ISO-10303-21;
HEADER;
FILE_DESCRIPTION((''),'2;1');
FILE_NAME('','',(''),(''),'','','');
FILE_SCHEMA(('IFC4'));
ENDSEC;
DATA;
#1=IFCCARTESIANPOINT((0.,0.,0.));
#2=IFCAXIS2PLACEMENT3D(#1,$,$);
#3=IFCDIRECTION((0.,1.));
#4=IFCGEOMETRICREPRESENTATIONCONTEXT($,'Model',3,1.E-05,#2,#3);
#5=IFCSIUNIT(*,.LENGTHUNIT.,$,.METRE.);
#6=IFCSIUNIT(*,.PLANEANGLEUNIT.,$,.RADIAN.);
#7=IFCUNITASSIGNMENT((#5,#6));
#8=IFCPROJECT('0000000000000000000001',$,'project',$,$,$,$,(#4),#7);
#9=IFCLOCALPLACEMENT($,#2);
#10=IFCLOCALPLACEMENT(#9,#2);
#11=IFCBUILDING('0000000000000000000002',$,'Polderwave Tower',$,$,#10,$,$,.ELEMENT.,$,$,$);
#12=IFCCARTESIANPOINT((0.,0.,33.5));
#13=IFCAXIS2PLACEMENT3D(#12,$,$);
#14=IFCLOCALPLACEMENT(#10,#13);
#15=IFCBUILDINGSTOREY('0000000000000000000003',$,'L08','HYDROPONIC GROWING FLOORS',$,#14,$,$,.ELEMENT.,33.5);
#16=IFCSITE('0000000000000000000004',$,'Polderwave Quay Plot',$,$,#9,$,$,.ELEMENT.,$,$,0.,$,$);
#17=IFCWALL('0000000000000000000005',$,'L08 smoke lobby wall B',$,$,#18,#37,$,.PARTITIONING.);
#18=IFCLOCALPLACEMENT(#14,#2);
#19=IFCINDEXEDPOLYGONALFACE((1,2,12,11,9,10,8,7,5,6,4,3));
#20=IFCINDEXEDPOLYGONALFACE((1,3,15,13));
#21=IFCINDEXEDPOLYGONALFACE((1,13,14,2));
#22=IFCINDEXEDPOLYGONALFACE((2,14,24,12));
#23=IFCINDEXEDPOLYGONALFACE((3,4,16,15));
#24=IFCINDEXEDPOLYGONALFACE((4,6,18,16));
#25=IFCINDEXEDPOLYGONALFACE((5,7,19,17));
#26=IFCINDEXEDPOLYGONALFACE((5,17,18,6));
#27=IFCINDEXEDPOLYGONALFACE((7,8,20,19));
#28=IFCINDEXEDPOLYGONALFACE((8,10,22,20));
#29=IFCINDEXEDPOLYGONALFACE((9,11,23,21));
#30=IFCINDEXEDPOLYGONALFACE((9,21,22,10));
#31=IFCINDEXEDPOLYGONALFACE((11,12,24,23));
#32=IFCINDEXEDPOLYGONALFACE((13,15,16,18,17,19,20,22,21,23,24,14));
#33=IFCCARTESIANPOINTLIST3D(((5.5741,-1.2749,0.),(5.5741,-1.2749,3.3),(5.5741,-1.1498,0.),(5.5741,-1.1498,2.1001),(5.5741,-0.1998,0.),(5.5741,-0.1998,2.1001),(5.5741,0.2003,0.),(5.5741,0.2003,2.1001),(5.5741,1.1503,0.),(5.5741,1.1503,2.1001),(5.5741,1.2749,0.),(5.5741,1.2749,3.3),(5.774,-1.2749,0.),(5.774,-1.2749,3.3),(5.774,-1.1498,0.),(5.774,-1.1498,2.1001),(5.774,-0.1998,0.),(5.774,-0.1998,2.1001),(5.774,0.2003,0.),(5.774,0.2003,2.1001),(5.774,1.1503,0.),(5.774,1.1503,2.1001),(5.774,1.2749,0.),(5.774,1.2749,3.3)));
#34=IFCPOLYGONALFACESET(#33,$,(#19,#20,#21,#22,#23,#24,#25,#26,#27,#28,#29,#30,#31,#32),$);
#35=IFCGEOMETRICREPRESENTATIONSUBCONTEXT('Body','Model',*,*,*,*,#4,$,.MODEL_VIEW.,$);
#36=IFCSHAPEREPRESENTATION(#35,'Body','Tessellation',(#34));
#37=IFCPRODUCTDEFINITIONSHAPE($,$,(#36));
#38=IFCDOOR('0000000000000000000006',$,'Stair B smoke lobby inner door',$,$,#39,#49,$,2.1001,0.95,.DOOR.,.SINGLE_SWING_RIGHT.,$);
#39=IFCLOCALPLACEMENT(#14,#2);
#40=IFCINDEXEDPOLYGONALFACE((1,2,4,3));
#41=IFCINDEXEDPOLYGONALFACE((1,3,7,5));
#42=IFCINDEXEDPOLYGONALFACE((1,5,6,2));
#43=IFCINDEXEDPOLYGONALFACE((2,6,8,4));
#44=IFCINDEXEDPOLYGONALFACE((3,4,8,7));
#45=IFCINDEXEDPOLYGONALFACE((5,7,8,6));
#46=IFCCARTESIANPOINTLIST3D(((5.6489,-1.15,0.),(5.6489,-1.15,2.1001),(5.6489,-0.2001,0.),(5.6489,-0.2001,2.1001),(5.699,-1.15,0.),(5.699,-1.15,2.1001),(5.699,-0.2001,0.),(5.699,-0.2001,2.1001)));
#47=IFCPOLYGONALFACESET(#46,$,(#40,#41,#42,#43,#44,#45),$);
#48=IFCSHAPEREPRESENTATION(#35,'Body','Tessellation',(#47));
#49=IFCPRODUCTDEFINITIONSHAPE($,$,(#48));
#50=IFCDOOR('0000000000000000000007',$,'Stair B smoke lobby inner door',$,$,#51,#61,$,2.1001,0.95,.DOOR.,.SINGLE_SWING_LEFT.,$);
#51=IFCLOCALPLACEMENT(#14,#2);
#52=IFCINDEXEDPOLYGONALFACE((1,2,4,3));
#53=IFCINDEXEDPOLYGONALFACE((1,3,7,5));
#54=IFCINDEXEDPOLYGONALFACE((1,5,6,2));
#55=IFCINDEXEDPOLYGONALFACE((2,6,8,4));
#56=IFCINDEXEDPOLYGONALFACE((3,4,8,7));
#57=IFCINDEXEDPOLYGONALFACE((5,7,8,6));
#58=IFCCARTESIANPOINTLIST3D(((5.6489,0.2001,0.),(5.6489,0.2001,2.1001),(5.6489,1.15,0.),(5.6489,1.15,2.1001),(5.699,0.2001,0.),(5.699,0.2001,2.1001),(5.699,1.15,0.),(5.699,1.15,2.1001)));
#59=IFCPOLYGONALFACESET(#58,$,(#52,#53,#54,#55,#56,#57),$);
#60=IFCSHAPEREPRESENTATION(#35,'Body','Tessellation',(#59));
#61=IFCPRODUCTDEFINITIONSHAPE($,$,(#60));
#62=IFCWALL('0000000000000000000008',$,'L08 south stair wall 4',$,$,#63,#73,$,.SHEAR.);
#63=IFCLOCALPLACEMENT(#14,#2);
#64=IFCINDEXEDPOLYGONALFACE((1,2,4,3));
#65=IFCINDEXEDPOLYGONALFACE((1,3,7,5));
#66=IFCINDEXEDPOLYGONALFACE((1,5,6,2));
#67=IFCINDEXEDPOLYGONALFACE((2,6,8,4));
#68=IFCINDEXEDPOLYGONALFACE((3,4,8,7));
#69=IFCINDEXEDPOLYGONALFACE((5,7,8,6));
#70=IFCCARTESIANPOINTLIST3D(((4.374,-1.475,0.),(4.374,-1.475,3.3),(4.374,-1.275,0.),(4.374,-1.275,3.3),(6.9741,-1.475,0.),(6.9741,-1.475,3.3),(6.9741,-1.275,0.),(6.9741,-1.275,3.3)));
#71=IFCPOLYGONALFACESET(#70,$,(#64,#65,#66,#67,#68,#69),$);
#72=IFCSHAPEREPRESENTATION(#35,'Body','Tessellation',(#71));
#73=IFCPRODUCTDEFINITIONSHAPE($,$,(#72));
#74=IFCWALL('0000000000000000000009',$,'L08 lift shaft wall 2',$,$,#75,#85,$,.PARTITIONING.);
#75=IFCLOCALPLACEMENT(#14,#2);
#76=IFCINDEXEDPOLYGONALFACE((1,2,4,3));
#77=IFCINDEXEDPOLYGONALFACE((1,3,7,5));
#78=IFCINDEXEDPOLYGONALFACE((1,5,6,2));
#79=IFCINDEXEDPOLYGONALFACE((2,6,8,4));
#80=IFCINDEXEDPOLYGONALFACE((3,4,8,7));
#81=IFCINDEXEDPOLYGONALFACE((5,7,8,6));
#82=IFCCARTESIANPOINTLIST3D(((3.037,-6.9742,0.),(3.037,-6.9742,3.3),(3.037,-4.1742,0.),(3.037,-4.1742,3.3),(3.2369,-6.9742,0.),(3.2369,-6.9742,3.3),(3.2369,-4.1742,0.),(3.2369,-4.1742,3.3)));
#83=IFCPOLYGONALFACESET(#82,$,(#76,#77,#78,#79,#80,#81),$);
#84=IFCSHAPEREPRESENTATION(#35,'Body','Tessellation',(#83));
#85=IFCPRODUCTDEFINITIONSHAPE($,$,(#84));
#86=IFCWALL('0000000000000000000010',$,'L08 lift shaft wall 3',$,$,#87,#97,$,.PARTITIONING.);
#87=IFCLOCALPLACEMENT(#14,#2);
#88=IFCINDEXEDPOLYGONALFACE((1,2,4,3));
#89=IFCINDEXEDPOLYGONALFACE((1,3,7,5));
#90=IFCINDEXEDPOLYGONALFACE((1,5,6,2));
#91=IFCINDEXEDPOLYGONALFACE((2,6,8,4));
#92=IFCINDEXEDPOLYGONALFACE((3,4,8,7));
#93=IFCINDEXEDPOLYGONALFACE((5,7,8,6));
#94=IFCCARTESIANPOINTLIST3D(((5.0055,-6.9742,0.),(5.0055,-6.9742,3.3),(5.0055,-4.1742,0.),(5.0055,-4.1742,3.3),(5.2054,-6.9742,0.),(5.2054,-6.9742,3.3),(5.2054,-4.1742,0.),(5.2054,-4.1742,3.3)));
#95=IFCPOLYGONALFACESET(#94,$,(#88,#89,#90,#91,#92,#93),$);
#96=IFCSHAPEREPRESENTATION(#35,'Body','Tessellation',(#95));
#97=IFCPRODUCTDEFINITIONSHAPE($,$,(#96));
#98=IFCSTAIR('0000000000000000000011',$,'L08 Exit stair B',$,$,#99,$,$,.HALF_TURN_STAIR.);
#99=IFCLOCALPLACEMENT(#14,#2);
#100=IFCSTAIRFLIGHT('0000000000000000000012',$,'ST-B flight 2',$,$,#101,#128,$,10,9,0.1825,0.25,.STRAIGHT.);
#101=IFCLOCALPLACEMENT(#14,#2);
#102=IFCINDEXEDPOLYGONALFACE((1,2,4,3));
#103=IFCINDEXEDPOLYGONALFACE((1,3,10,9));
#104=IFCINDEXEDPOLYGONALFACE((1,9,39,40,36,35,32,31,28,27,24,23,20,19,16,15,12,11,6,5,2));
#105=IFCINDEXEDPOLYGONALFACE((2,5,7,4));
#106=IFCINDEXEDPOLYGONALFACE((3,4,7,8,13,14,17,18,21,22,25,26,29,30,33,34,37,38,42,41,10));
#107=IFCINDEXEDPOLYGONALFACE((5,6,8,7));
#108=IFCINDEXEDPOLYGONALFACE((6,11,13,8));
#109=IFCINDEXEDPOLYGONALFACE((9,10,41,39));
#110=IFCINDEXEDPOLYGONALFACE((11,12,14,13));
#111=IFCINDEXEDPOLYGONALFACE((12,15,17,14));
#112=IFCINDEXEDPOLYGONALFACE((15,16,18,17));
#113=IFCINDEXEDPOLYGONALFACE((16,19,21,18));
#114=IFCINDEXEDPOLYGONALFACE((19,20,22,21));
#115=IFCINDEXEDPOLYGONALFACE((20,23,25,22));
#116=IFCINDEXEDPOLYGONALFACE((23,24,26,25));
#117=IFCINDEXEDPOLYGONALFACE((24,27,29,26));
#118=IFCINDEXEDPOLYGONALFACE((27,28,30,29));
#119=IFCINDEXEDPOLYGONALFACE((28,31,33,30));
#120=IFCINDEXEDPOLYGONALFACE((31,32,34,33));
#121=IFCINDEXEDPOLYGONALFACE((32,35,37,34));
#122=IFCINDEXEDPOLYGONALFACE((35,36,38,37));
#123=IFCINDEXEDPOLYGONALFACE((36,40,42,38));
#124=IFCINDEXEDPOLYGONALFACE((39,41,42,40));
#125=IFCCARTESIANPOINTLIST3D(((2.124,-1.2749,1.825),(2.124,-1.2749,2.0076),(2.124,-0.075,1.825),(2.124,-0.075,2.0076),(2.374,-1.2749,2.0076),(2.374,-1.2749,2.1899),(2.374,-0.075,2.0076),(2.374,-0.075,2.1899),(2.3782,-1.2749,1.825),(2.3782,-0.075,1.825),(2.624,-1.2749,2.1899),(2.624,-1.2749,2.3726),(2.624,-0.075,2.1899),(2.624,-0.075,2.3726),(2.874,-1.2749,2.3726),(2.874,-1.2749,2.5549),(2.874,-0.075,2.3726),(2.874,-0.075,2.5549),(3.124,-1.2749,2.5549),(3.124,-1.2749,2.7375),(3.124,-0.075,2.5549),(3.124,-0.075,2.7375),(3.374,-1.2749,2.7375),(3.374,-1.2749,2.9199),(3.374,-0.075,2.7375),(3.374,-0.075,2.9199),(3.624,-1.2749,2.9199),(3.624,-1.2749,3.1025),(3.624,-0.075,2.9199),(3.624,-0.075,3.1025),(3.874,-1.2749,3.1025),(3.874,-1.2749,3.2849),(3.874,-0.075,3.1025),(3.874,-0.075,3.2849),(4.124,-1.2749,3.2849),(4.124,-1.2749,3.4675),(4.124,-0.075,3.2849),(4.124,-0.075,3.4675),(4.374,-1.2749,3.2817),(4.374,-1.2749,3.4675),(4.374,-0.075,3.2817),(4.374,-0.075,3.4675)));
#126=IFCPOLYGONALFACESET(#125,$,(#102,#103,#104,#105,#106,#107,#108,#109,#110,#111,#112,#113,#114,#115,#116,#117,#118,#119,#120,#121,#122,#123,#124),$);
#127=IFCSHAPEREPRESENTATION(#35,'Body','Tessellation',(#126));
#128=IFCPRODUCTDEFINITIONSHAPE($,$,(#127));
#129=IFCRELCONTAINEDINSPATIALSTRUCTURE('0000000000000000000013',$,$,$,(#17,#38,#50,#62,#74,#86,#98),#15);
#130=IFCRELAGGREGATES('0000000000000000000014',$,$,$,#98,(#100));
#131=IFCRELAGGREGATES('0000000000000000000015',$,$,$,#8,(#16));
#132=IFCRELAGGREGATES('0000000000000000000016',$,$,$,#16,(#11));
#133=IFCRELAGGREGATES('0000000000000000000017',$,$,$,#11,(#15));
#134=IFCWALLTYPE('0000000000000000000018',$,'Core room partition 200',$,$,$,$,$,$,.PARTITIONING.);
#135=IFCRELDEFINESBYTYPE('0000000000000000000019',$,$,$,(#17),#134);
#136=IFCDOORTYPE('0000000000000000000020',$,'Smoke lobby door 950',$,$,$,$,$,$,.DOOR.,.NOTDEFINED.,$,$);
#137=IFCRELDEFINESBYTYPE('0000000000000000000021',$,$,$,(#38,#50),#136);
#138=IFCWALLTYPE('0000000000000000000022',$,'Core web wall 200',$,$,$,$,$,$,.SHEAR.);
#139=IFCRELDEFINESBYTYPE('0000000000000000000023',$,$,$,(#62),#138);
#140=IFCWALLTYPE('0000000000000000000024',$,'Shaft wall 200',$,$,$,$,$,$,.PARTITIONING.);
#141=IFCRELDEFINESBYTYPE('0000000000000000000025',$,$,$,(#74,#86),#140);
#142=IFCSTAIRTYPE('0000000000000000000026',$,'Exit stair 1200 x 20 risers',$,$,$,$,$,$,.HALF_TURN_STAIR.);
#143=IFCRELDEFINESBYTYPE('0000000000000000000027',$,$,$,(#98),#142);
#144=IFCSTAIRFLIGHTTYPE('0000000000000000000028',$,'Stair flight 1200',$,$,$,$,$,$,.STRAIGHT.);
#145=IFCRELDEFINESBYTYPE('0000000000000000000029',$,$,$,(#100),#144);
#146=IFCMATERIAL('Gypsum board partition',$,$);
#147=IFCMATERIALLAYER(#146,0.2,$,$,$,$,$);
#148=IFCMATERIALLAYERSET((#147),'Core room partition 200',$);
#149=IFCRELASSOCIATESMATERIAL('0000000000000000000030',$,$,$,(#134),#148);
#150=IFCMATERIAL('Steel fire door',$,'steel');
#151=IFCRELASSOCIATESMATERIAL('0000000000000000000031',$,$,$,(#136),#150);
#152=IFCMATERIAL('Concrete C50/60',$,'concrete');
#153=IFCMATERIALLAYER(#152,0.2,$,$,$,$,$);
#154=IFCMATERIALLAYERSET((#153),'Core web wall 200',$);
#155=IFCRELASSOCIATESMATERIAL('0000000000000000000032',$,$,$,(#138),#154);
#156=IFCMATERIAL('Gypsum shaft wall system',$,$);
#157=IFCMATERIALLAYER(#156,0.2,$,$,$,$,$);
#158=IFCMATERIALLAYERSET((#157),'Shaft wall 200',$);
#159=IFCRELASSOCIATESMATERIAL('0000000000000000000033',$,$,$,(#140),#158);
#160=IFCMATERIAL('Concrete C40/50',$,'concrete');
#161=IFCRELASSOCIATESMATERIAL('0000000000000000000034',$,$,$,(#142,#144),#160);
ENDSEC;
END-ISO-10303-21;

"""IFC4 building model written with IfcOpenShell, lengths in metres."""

from ifc_helpers import new_model, si_unit, direction, frame, frame_2d, origin, place, context, subcontext, project, spatial, polyline, rectangle, outline, extrude, material, layer, layer_set, type_object, element, fill, aggregate, save


model = new_model("IFC4")

# Units and contexts
model_context = context("Model", 3, precision=1e-05, world=origin(), true_north=direction((0.0, 1.0)))
body_context = subcontext(model_context, "Body", "Model", "MODEL_VIEW")
ifc_project = project(units=[si_unit("LENGTHUNIT", "METRE"), si_unit("PLANEANGLEUNIT", "RADIAN")], contexts=[model_context])

# Site, building, storey
site_placement = place(None, origin())
site = spatial("IfcSite", under=ifc_project, at=site_placement, Name="Polderwave Quay Plot", CompositionType="ELEMENT", RefElevation=0.0)
building_placement = place(site_placement, origin())
building = spatial("IfcBuilding", under=site, at=building_placement, Name="Polderwave Tower", CompositionType="ELEMENT")
storey_placement = place(building_placement, frame((0.0, 0.0, 33.5)))
storey = spatial("IfcBuildingStorey", under=building, at=storey_placement, Name="L08", Description="HYDROPONIC GROWING FLOORS", CompositionType="ELEMENT", Elevation=33.5)

# Wall, openings, doors
ifc_material_1 = material(Name="Gypsum board partition")
ifc_layer_1 = layer(ifc_material_1, 0.2)
ifc_layer_set_1 = layer_set([ifc_layer_1], Name="Core room partition 200")
wall_type_1 = type_object("IfcWallType", Name="Core room partition 200", PredefinedType="PARTITIONING", material=ifc_layer_set_1)
wall_1_placement = place(storey_placement, frame((5.6741, -1.2749, 0.0), z_axis=(0.0, 0.0, 1.0), x_axis=(0.0, 1.0, 0.0)))
wall_1 = element("IfcWall", 1, at=wall_1_placement, inside=storey, type_object=wall_type_1, Name="L08 smoke lobby wall B", PredefinedType="PARTITIONING", context=body_context, shape_type="SweptSolid", body=[
    extrude(rectangle(XDim=2.5498, YDim=0.2, at=frame_2d((1.2749, 0.0))), origin(), (0.0, 0.0, 1.0), 3.3),
])
opening_1_placement = place(wall_1_placement, frame((0.125, 0.0, 0.0)))
opening_1 = element("IfcOpeningElement", 2, at=opening_1_placement, cuts=wall_1, PredefinedType="OPENING", context=body_context, shape_type="SweptSolid", body=[
    extrude(rectangle(XDim=0.95, YDim=2.1001, at=frame_2d((0.4751, 1.05))), frame((0.0, 0.1099, 0.0), z_axis=(0.0, -1.0, 0.0), x_axis=(1.0, 0.0, 0.0)), (0.0, 0.0, 1.0), 0.22),
])
opening_2_placement = place(wall_1_placement, frame((1.4751, 0.0, 0.0)))
opening_2 = element("IfcOpeningElement", 3, at=opening_2_placement, cuts=wall_1, PredefinedType="OPENING", context=body_context, shape_type="SweptSolid", body=[
    extrude(rectangle(XDim=0.95, YDim=2.1001, at=frame_2d((0.4751, 1.05))), frame((0.0, 0.1099, 0.0), z_axis=(0.0, -1.0, 0.0), x_axis=(1.0, 0.0, 0.0)), (0.0, 0.0, 1.0), 0.22),
])
ifc_material_2 = material(Name="Steel fire door", Category="steel")
door_type = type_object("IfcDoorType", Name="Smoke lobby door 950", OperationType="NOTDEFINED", PredefinedType="DOOR", material=ifc_material_2)
door_1_placement = place(opening_1_placement, frame((0.95, 0.0, 0.0), z_axis=(0.0, 0.0, 1.0), x_axis=(-1.0, 0.0, 0.0)))
door_1 = element("IfcDoor", 4, at=door_1_placement, inside=storey, type_object=door_type, Name="Stair B smoke lobby inner door", OperationType="SINGLE_SWING_RIGHT", OverallHeight=2.1001, OverallWidth=0.95, PredefinedType="DOOR", context=body_context, shape_type="SweptSolid", body=[
    extrude(rectangle(XDim=0.95, YDim=2.1001, at=frame_2d((0.4751, 1.05))), frame((0.0, 0.0249, 0.0), z_axis=(0.0, -1.0, 0.0), x_axis=(1.0, 0.0, 0.0)), (0.0, 0.0, 1.0), 0.05),
])
fill(opening_1, door_1)
door_2_placement = place(opening_2_placement, frame((0.95, 0.0, 0.0), z_axis=(0.0, 0.0, 1.0), x_axis=(-1.0, 0.0, 0.0)))
door_2 = element("IfcDoor", 5, at=door_2_placement, inside=storey, type_object=door_type, Name="Stair B smoke lobby inner door", OperationType="SINGLE_SWING_LEFT", OverallHeight=2.1001, OverallWidth=0.95, PredefinedType="DOOR", context=body_context, shape_type="SweptSolid", body=[
    extrude(rectangle(XDim=0.95, YDim=2.1001, at=frame_2d((0.4751, 1.05))), frame((0.0, 0.0249, 0.0), z_axis=(0.0, -1.0, 0.0), x_axis=(1.0, 0.0, 0.0)), (0.0, 0.0, 1.0), 0.05),
])
fill(opening_2, door_2)

# Walls
ifc_material_3 = material(Name="Concrete C50/60", Category="concrete")
ifc_layer_2 = layer(ifc_material_3, 0.2)
ifc_layer_set_2 = layer_set([ifc_layer_2], Name="Core web wall 200")
wall_type_2 = type_object("IfcWallType", Name="Core web wall 200", PredefinedType="SHEAR", material=ifc_layer_set_2)
wall_2_placement = place(storey_placement, frame((4.374, -1.375, 0.0), z_axis=(0.0, 0.0, 1.0), x_axis=(1.0, 0.0, 0.0)))
element("IfcWall", 6, at=wall_2_placement, inside=storey, type_object=wall_type_2, Name="L08 south stair wall 4", PredefinedType="SHEAR", context=body_context, shape_type="SweptSolid", body=[
    extrude(rectangle(XDim=2.6001, YDim=0.2, at=frame_2d((1.3, 0.0))), origin(), (0.0, 0.0, 1.0), 3.3),
])
ifc_material_4 = material(Name="Gypsum shaft wall system")
ifc_layer_3 = layer(ifc_material_4, 0.2)
ifc_layer_set_3 = layer_set([ifc_layer_3], Name="Shaft wall 200")
wall_type_3 = type_object("IfcWallType", Name="Shaft wall 200", PredefinedType="PARTITIONING", material=ifc_layer_set_3)
for number, where, z_axis, x_axis, name in (
    (7, (3.137, -6.9741, 0.0), (0.0, 0.0, 1.0), (0.0, 1.0, 0.0), "L08 lift shaft wall 2"),
    (8, (5.1055, -6.9741, 0.0), (0.0, 0.0, 1.0), (0.0, 1.0, 0.0), "L08 lift shaft wall 3"),
):
    element("IfcWall", number, at=place(storey_placement, frame(where, z_axis=z_axis, x_axis=x_axis)), inside=storey, type_object=wall_type_3, Name=name, PredefinedType="PARTITIONING", context=body_context, shape_type="SweptSolid", body=[
        extrude(rectangle(XDim=2.8, YDim=0.2, at=frame_2d((1.3999, 0.0))), origin(), (0.0, 0.0, 1.0), 3.3),
    ])

# Stair, stair flight
ifc_material_5 = material(Name="Concrete C40/50", Category="concrete")
stair_type = type_object("IfcStairType", Name="Exit stair 1200 x 20 risers", PredefinedType="HALF_TURN_STAIR", material=ifc_material_5)
stair_placement = place(storey_placement, origin())
stair = element("IfcStair", 9, at=stair_placement, inside=storey, type_object=stair_type, Name="L08 Exit stair B", PredefinedType="HALF_TURN_STAIR")
stair_flight_type = type_object("IfcStairFlightType", Name="Stair flight 1200", PredefinedType="STRAIGHT", material=ifc_material_5)
stair_flight_placement = place(storey_placement, frame((2.124, -0.675, 1.825), z_axis=(0.0, 0.0, 1.0), x_axis=(1.0, 0.0, 0.0)))
stair_flight = element("IfcStairFlight", 10, at=stair_flight_placement, type_object=stair_flight_type, Name="ST-B flight 2", NumberOfRisers=10, NumberOfTreads=9, PredefinedType="STRAIGHT", RiserHeight=0.1825, TreadLength=0.25, context=body_context, shape_type="SweptSolid", body=[
    extrude(outline(polyline([(0.0, 0.0), (0.0, 0.1826), (0.25, 0.1826), (0.25, 0.365), (0.5, 0.365), (0.5, 0.5476), (0.75, 0.5476), (0.75, 0.73), (1.0, 0.73), (1.0, 0.9126), (1.25, 0.9126), (1.25, 1.095), (1.5, 1.095), (1.5, 1.2776), (1.75, 1.2776), (1.75, 1.46), (2.0, 1.46), (2.0, 1.6426), (2.25, 1.6426), (2.25, 1.825), (2.25, 1.4568), (0.2542, 0.0), (0.0, 0.0)])), frame((0.0, 0.6001, 0.0), z_axis=(0.0, -1.0, 0.0), x_axis=(1.0, 0.0, 0.0)), (0.0, 0.0, 1.0), 1.2),
])
aggregate(stair, [stair_flight])

save(model, "model.ifc")
